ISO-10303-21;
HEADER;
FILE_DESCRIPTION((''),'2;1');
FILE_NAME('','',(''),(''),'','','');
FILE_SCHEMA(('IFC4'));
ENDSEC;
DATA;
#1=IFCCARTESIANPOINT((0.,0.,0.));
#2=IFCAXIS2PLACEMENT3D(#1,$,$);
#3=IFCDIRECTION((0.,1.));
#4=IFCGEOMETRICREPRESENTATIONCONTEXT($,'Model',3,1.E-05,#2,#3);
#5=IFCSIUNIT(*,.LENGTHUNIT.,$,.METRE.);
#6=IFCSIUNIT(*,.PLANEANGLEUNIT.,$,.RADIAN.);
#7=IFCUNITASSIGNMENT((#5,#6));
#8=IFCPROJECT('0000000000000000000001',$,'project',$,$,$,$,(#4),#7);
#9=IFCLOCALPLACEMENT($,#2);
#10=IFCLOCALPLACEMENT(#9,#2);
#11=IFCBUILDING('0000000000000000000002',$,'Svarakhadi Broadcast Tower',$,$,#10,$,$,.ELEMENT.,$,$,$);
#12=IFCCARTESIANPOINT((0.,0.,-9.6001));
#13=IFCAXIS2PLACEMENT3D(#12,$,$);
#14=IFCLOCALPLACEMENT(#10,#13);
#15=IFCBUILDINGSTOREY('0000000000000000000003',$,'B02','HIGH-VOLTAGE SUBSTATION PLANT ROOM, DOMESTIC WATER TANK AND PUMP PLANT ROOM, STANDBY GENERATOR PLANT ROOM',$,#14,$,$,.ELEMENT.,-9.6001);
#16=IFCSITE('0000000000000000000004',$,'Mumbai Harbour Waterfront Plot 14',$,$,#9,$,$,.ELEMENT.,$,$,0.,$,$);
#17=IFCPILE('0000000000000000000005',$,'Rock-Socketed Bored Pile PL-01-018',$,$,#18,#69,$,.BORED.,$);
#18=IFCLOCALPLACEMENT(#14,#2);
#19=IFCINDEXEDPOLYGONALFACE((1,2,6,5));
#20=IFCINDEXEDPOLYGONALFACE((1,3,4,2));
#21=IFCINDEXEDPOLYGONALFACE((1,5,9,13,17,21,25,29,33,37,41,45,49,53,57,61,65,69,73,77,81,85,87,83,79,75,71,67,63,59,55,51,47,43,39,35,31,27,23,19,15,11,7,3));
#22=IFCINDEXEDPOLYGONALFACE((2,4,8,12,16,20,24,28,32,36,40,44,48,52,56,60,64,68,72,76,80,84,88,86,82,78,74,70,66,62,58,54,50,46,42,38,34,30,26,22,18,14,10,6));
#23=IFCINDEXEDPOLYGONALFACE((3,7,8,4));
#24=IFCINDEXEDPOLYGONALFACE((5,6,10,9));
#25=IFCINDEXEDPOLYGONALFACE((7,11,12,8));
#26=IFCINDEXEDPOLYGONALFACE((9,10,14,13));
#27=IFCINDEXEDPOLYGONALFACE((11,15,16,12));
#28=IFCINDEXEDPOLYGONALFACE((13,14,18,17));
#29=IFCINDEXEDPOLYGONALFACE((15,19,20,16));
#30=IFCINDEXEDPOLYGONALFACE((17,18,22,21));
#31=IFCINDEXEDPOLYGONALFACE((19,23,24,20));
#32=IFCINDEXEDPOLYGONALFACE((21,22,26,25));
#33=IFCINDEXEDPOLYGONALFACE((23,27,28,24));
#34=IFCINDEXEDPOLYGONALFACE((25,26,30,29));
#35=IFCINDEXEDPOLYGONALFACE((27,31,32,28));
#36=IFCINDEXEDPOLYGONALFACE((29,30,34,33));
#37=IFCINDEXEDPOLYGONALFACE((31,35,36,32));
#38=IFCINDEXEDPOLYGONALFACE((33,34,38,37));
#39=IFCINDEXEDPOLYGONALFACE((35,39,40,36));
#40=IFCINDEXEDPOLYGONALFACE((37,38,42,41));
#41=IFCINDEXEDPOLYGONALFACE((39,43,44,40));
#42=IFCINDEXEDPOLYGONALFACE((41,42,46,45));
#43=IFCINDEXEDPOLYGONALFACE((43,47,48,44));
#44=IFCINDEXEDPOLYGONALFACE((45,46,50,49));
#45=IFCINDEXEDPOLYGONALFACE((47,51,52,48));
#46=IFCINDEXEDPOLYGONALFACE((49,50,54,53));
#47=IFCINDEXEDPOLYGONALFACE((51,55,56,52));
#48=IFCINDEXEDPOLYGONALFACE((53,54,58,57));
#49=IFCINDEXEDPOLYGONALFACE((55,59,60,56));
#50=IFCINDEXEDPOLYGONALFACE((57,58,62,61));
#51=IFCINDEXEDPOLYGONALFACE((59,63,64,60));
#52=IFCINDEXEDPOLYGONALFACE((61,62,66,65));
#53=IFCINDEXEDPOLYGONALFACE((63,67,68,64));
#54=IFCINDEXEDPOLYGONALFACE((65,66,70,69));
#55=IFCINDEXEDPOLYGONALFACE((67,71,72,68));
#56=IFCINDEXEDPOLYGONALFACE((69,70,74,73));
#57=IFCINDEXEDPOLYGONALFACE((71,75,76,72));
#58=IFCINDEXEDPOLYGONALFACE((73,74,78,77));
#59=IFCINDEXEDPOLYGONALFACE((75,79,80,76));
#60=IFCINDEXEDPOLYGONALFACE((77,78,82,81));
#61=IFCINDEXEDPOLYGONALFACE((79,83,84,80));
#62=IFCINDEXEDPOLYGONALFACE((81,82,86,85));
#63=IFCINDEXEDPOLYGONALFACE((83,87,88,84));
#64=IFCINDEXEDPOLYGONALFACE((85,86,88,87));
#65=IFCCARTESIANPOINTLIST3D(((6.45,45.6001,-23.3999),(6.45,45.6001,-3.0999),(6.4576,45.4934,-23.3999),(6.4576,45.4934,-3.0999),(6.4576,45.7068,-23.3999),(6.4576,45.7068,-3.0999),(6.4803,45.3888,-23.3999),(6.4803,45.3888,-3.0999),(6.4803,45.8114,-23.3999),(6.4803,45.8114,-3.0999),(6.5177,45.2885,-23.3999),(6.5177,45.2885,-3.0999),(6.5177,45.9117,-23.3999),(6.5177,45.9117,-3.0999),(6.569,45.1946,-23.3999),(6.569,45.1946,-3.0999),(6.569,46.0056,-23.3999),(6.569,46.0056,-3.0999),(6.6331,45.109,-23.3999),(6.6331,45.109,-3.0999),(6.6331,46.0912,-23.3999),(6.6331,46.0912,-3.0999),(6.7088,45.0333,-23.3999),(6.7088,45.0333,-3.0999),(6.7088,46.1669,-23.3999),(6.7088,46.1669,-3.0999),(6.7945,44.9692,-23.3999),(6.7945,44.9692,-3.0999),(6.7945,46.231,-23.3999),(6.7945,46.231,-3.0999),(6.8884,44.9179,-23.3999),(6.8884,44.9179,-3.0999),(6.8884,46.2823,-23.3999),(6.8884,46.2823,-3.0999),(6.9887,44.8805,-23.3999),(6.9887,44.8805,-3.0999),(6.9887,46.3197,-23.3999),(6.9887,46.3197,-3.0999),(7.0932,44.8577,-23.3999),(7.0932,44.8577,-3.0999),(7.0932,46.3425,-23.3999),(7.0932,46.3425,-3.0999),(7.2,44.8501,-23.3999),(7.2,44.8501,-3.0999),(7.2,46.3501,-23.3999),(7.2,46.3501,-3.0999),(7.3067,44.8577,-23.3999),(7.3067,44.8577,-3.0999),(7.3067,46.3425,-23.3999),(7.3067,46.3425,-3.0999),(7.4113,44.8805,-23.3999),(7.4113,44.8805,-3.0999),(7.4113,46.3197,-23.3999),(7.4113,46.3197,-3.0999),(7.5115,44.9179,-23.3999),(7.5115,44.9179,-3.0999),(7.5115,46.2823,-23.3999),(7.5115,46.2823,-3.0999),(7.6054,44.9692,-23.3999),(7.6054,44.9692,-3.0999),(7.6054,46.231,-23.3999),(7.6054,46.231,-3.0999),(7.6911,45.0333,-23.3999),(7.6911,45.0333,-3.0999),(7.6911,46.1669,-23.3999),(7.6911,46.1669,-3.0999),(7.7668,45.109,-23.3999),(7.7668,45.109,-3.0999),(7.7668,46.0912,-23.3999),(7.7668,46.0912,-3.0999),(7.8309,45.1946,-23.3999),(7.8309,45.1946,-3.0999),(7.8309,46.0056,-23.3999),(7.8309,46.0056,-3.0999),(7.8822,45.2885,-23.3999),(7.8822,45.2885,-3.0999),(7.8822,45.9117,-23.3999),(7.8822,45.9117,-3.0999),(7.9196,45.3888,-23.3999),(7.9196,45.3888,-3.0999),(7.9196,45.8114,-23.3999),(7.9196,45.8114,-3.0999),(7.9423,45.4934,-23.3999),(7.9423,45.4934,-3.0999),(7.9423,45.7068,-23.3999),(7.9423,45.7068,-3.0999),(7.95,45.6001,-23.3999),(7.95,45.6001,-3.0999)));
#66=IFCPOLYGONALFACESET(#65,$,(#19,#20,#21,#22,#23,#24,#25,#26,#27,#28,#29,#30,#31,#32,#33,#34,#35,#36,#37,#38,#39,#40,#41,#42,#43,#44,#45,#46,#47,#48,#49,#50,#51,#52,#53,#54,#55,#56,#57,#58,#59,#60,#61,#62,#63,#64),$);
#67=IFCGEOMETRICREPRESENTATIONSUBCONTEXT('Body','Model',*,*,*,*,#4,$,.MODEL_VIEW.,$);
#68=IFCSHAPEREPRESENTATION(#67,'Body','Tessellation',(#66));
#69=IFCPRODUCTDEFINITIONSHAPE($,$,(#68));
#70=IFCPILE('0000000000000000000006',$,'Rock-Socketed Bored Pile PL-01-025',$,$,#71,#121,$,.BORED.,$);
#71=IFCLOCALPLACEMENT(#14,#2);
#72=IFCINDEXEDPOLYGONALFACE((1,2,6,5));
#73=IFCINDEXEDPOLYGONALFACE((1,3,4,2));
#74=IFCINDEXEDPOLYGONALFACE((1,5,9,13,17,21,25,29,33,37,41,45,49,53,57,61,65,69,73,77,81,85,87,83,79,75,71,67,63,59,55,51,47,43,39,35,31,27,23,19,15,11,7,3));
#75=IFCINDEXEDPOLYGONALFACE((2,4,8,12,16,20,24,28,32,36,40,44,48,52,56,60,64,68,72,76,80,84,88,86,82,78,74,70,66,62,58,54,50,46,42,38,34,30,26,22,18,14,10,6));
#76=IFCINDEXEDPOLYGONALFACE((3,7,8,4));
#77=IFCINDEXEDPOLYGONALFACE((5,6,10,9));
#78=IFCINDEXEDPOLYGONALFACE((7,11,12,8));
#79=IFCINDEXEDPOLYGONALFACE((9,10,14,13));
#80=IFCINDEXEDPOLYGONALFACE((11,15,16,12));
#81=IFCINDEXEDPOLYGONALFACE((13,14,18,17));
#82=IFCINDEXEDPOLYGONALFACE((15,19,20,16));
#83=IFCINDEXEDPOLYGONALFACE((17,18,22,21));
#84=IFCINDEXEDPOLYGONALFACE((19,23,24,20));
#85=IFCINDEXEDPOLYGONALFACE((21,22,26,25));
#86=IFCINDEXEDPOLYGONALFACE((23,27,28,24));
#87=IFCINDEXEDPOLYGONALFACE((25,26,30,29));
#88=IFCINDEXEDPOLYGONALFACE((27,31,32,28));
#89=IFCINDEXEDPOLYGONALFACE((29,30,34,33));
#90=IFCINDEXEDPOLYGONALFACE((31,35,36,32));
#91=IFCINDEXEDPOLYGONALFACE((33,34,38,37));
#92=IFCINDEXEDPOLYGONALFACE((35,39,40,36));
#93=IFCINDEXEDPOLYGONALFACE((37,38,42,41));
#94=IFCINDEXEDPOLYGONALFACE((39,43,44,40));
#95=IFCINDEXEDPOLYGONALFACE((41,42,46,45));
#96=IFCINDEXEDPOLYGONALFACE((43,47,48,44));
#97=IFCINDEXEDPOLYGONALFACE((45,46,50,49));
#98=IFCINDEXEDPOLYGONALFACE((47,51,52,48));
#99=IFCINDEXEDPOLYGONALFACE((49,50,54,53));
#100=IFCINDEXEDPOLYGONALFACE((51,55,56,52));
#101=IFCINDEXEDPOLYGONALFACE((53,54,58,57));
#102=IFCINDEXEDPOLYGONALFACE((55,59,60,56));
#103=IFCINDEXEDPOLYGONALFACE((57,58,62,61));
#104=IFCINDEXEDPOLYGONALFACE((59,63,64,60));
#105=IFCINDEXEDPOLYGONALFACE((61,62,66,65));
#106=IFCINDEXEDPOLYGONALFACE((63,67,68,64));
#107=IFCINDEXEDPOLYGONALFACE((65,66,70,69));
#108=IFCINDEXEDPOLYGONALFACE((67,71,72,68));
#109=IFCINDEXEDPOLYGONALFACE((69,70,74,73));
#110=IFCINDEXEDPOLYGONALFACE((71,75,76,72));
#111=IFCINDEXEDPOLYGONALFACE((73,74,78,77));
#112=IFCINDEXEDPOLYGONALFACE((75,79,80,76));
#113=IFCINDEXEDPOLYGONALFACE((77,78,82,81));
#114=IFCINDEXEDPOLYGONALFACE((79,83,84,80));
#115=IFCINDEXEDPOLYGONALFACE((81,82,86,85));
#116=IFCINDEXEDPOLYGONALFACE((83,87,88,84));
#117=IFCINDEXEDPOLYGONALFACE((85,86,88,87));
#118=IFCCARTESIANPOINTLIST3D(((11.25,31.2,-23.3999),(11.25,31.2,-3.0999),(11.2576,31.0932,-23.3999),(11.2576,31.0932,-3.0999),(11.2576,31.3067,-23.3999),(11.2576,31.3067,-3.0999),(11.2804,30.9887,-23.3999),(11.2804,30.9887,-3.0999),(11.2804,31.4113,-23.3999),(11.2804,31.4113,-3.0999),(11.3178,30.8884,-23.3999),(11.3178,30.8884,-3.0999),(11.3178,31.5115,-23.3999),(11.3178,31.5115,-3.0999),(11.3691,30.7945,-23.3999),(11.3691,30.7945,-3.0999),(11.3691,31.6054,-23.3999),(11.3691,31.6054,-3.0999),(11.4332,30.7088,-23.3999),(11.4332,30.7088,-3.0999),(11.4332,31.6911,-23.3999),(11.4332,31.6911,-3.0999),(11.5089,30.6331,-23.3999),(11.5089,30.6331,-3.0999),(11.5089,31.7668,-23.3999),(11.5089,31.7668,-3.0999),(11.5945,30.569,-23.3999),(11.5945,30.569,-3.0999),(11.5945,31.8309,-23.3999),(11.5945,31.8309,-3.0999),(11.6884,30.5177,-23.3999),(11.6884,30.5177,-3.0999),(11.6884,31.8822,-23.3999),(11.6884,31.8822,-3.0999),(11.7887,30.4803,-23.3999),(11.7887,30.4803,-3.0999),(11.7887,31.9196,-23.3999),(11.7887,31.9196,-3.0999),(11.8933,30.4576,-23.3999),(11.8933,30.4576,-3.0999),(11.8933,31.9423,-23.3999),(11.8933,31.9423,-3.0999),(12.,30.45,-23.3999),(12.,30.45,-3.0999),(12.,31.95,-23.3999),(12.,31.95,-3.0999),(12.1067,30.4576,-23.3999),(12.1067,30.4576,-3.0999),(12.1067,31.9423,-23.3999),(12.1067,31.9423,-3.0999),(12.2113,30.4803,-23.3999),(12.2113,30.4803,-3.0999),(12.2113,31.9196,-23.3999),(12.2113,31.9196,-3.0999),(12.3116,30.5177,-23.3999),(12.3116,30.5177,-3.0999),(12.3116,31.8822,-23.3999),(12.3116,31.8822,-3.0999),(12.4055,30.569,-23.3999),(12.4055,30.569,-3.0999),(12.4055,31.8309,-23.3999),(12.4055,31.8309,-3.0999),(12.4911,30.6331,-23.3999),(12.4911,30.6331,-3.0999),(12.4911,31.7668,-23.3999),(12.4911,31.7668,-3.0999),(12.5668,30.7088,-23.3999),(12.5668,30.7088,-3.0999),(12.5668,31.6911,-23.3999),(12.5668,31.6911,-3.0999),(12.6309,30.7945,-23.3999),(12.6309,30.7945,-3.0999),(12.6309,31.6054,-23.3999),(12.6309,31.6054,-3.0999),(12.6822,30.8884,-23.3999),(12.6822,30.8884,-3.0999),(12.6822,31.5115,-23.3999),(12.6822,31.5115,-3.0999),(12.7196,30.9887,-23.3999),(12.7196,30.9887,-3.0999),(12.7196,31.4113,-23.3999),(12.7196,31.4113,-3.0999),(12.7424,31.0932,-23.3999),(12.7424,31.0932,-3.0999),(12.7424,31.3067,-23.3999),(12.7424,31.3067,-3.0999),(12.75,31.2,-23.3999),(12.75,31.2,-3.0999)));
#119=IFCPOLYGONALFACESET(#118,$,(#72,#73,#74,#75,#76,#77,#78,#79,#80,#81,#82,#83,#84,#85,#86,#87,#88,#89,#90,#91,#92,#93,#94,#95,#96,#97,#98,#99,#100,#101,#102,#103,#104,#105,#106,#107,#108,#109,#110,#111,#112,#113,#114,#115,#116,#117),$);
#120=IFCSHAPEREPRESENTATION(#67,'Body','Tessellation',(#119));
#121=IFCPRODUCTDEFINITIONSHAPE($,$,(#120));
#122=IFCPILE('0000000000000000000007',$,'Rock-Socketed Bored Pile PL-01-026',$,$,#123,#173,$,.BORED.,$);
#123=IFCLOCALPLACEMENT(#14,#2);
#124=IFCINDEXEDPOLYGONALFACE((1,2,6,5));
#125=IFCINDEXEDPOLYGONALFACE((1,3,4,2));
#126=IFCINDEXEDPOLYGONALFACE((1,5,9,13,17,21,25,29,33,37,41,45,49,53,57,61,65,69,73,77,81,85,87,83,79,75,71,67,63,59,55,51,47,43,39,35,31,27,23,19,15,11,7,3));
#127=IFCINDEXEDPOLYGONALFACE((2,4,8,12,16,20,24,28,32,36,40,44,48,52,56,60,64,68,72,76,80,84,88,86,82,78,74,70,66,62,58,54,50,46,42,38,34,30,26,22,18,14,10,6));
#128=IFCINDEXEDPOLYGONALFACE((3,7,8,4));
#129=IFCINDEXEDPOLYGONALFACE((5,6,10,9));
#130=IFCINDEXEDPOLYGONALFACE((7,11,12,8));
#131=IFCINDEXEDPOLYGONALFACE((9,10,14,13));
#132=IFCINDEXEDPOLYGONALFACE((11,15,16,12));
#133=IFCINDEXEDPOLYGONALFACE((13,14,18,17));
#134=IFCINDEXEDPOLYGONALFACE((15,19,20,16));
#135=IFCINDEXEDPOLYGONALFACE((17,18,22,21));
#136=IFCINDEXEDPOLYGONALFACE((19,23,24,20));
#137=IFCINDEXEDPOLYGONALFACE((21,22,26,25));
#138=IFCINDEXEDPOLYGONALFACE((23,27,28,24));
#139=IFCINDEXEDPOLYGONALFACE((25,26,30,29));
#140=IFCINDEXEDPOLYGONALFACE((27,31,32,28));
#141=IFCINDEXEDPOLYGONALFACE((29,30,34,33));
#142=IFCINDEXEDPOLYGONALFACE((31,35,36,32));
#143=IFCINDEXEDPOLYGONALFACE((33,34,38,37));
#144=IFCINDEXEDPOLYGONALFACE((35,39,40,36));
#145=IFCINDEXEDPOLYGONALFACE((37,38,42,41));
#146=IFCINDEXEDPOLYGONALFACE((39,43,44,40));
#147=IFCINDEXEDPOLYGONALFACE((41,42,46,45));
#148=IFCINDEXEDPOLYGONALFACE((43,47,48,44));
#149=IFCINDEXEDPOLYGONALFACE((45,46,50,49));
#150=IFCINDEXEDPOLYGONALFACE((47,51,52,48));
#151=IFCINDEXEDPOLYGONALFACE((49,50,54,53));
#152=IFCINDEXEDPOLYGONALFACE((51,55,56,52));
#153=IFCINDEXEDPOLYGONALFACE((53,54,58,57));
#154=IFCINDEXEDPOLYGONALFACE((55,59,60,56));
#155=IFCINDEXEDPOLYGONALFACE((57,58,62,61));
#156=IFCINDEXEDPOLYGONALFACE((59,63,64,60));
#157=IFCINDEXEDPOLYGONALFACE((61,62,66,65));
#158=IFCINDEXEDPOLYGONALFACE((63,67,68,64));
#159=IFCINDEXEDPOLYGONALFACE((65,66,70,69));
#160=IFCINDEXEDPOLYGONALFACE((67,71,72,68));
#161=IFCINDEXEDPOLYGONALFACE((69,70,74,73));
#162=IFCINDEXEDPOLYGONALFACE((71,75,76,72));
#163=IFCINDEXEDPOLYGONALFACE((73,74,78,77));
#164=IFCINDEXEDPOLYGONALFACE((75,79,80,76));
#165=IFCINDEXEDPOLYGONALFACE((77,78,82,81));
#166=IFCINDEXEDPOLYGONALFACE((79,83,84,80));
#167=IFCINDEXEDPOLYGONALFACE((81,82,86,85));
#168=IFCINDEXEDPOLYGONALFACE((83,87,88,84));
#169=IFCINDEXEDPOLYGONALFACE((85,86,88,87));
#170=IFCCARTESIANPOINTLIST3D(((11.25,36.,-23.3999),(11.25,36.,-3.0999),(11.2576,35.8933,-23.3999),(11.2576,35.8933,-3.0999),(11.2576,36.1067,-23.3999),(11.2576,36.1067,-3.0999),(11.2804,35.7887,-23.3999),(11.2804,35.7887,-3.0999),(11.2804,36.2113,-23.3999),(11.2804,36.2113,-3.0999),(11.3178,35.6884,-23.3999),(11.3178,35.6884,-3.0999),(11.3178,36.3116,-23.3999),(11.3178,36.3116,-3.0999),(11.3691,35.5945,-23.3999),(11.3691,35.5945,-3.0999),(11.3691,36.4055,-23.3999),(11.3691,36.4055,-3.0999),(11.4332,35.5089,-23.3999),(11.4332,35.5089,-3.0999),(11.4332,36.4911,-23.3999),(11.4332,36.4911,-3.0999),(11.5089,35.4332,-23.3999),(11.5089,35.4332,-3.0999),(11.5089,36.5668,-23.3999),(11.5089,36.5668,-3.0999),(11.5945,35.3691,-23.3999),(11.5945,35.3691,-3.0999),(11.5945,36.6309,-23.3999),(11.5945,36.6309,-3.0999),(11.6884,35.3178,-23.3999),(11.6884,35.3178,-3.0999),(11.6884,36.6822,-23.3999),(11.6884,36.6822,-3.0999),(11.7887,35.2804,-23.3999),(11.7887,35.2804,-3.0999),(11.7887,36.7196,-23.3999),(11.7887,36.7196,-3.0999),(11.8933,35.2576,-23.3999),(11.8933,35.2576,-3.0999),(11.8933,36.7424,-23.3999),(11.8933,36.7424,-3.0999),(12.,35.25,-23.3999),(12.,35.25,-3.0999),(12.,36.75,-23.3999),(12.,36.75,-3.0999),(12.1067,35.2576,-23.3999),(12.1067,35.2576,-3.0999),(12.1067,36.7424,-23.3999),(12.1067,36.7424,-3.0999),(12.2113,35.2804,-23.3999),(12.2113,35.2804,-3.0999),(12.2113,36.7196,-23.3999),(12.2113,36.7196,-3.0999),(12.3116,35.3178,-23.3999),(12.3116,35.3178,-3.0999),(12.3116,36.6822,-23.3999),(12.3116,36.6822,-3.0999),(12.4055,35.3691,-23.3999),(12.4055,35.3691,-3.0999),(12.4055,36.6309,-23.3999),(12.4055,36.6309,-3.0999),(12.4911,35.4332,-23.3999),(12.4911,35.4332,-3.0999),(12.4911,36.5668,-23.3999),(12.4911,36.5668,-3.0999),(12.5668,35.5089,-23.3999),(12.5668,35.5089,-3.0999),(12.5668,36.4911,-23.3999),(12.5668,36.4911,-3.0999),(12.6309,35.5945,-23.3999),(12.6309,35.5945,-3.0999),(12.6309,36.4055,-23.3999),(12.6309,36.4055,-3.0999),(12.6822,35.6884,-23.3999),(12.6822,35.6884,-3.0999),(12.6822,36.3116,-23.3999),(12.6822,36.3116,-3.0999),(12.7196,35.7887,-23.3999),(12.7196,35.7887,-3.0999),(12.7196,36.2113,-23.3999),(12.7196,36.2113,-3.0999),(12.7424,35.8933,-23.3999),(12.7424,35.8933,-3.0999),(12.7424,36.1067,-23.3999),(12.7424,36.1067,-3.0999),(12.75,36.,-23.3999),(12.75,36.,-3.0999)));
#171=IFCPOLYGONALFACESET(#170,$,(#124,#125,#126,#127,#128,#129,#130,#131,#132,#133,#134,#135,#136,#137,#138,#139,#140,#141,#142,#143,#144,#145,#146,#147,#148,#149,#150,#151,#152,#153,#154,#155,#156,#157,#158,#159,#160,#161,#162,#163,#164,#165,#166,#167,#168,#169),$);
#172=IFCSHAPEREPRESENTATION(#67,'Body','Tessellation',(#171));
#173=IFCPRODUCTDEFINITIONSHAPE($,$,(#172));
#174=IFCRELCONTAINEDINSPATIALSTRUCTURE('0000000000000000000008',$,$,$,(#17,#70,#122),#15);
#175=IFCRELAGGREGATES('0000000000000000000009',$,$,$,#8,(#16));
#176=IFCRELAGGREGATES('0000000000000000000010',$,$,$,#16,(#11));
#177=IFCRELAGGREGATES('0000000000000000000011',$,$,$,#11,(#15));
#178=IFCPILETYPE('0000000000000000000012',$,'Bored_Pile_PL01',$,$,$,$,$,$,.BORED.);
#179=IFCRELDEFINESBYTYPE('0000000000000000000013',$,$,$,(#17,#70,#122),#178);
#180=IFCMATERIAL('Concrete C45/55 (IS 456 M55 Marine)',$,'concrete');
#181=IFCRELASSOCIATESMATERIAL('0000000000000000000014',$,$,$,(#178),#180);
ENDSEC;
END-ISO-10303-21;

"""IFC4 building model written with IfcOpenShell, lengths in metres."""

from ifc_helpers import new_model, si_unit, direction, frame, origin, origin_2d, place, context, subcontext, project, spatial, circle, extrude, material, material_profile, profile_set, type_object, element, save


model = new_model("IFC4")

# Units and contexts
model_context = context("Model", 3, precision=1e-05, world=origin(), true_north=direction((0.0, 1.0)))
body_context = subcontext(model_context, "Body", "Model", "MODEL_VIEW")
ifc_project = project(units=[si_unit("LENGTHUNIT", "METRE"), si_unit("PLANEANGLEUNIT", "RADIAN")], contexts=[model_context])

# Site, building, storey
site_placement = place(None, origin())
site = spatial("IfcSite", under=ifc_project, at=site_placement, Name="Mumbai Harbour Waterfront Plot 14", CompositionType="ELEMENT", RefElevation=0.0)
building_placement = place(site_placement, origin())
building = spatial("IfcBuilding", under=site, at=building_placement, Name="Svarakhadi Broadcast Tower", CompositionType="ELEMENT")
storey_placement = place(building_placement, frame((0.0, 0.0, -9.6001)))
storey = spatial("IfcBuildingStorey", under=building, at=storey_placement, Name="B02", Description="HIGH-VOLTAGE SUBSTATION PLANT ROOM, DOMESTIC WATER TANK AND PUMP PLANT ROOM, STANDBY GENERATOR PLANT ROOM", CompositionType="ELEMENT", Elevation=-9.6001)

# Piles
ifc_material_1 = material(Name="Concrete C45/55 (IS 456 M55 Marine)", Category="concrete")
ifc_material_profile_1 = material_profile(ifc_material_1, circle(Radius=0.75, at=origin_2d()), Name="PILE D1500")
ifc_profile_set_1 = profile_set([ifc_material_profile_1], Name="Concrete C45/55 (IS 456 M55 Marine)")
pile_type = type_object("IfcPileType", Name="Bored_Pile_PL01", PredefinedType="BORED", material=ifc_profile_set_1)
for number, where, z_axis, x_axis, name in (
    (1, (7.2, 45.6001, -3.0999), (0.0, 0.0, -1.0), (1.0, 0.0, 0.0), "Rock-Socketed Bored Pile PL-01-018"),
    (2, (12.0, 31.2, -3.0999), (0.0, 0.0, -1.0), (1.0, 0.0, 0.0), "Rock-Socketed Bored Pile PL-01-025"),
    (3, (12.0, 36.0, -3.0999), (0.0, 0.0, -1.0), (1.0, 0.0, 0.0), "Rock-Socketed Bored Pile PL-01-026"),
):
    element("IfcPile", number, at=place(storey_placement, frame(where, z_axis=z_axis, x_axis=x_axis)), inside=storey, type_object=pile_type, Name=name, PredefinedType="BORED", context=body_context, shape_type="SweptSolid", body=[
        extrude(circle(Radius=0.75, at=origin_2d()), origin(), (0.0, 0.0, 1.0), 20.3),
    ])

save(model, "model.ifc")
